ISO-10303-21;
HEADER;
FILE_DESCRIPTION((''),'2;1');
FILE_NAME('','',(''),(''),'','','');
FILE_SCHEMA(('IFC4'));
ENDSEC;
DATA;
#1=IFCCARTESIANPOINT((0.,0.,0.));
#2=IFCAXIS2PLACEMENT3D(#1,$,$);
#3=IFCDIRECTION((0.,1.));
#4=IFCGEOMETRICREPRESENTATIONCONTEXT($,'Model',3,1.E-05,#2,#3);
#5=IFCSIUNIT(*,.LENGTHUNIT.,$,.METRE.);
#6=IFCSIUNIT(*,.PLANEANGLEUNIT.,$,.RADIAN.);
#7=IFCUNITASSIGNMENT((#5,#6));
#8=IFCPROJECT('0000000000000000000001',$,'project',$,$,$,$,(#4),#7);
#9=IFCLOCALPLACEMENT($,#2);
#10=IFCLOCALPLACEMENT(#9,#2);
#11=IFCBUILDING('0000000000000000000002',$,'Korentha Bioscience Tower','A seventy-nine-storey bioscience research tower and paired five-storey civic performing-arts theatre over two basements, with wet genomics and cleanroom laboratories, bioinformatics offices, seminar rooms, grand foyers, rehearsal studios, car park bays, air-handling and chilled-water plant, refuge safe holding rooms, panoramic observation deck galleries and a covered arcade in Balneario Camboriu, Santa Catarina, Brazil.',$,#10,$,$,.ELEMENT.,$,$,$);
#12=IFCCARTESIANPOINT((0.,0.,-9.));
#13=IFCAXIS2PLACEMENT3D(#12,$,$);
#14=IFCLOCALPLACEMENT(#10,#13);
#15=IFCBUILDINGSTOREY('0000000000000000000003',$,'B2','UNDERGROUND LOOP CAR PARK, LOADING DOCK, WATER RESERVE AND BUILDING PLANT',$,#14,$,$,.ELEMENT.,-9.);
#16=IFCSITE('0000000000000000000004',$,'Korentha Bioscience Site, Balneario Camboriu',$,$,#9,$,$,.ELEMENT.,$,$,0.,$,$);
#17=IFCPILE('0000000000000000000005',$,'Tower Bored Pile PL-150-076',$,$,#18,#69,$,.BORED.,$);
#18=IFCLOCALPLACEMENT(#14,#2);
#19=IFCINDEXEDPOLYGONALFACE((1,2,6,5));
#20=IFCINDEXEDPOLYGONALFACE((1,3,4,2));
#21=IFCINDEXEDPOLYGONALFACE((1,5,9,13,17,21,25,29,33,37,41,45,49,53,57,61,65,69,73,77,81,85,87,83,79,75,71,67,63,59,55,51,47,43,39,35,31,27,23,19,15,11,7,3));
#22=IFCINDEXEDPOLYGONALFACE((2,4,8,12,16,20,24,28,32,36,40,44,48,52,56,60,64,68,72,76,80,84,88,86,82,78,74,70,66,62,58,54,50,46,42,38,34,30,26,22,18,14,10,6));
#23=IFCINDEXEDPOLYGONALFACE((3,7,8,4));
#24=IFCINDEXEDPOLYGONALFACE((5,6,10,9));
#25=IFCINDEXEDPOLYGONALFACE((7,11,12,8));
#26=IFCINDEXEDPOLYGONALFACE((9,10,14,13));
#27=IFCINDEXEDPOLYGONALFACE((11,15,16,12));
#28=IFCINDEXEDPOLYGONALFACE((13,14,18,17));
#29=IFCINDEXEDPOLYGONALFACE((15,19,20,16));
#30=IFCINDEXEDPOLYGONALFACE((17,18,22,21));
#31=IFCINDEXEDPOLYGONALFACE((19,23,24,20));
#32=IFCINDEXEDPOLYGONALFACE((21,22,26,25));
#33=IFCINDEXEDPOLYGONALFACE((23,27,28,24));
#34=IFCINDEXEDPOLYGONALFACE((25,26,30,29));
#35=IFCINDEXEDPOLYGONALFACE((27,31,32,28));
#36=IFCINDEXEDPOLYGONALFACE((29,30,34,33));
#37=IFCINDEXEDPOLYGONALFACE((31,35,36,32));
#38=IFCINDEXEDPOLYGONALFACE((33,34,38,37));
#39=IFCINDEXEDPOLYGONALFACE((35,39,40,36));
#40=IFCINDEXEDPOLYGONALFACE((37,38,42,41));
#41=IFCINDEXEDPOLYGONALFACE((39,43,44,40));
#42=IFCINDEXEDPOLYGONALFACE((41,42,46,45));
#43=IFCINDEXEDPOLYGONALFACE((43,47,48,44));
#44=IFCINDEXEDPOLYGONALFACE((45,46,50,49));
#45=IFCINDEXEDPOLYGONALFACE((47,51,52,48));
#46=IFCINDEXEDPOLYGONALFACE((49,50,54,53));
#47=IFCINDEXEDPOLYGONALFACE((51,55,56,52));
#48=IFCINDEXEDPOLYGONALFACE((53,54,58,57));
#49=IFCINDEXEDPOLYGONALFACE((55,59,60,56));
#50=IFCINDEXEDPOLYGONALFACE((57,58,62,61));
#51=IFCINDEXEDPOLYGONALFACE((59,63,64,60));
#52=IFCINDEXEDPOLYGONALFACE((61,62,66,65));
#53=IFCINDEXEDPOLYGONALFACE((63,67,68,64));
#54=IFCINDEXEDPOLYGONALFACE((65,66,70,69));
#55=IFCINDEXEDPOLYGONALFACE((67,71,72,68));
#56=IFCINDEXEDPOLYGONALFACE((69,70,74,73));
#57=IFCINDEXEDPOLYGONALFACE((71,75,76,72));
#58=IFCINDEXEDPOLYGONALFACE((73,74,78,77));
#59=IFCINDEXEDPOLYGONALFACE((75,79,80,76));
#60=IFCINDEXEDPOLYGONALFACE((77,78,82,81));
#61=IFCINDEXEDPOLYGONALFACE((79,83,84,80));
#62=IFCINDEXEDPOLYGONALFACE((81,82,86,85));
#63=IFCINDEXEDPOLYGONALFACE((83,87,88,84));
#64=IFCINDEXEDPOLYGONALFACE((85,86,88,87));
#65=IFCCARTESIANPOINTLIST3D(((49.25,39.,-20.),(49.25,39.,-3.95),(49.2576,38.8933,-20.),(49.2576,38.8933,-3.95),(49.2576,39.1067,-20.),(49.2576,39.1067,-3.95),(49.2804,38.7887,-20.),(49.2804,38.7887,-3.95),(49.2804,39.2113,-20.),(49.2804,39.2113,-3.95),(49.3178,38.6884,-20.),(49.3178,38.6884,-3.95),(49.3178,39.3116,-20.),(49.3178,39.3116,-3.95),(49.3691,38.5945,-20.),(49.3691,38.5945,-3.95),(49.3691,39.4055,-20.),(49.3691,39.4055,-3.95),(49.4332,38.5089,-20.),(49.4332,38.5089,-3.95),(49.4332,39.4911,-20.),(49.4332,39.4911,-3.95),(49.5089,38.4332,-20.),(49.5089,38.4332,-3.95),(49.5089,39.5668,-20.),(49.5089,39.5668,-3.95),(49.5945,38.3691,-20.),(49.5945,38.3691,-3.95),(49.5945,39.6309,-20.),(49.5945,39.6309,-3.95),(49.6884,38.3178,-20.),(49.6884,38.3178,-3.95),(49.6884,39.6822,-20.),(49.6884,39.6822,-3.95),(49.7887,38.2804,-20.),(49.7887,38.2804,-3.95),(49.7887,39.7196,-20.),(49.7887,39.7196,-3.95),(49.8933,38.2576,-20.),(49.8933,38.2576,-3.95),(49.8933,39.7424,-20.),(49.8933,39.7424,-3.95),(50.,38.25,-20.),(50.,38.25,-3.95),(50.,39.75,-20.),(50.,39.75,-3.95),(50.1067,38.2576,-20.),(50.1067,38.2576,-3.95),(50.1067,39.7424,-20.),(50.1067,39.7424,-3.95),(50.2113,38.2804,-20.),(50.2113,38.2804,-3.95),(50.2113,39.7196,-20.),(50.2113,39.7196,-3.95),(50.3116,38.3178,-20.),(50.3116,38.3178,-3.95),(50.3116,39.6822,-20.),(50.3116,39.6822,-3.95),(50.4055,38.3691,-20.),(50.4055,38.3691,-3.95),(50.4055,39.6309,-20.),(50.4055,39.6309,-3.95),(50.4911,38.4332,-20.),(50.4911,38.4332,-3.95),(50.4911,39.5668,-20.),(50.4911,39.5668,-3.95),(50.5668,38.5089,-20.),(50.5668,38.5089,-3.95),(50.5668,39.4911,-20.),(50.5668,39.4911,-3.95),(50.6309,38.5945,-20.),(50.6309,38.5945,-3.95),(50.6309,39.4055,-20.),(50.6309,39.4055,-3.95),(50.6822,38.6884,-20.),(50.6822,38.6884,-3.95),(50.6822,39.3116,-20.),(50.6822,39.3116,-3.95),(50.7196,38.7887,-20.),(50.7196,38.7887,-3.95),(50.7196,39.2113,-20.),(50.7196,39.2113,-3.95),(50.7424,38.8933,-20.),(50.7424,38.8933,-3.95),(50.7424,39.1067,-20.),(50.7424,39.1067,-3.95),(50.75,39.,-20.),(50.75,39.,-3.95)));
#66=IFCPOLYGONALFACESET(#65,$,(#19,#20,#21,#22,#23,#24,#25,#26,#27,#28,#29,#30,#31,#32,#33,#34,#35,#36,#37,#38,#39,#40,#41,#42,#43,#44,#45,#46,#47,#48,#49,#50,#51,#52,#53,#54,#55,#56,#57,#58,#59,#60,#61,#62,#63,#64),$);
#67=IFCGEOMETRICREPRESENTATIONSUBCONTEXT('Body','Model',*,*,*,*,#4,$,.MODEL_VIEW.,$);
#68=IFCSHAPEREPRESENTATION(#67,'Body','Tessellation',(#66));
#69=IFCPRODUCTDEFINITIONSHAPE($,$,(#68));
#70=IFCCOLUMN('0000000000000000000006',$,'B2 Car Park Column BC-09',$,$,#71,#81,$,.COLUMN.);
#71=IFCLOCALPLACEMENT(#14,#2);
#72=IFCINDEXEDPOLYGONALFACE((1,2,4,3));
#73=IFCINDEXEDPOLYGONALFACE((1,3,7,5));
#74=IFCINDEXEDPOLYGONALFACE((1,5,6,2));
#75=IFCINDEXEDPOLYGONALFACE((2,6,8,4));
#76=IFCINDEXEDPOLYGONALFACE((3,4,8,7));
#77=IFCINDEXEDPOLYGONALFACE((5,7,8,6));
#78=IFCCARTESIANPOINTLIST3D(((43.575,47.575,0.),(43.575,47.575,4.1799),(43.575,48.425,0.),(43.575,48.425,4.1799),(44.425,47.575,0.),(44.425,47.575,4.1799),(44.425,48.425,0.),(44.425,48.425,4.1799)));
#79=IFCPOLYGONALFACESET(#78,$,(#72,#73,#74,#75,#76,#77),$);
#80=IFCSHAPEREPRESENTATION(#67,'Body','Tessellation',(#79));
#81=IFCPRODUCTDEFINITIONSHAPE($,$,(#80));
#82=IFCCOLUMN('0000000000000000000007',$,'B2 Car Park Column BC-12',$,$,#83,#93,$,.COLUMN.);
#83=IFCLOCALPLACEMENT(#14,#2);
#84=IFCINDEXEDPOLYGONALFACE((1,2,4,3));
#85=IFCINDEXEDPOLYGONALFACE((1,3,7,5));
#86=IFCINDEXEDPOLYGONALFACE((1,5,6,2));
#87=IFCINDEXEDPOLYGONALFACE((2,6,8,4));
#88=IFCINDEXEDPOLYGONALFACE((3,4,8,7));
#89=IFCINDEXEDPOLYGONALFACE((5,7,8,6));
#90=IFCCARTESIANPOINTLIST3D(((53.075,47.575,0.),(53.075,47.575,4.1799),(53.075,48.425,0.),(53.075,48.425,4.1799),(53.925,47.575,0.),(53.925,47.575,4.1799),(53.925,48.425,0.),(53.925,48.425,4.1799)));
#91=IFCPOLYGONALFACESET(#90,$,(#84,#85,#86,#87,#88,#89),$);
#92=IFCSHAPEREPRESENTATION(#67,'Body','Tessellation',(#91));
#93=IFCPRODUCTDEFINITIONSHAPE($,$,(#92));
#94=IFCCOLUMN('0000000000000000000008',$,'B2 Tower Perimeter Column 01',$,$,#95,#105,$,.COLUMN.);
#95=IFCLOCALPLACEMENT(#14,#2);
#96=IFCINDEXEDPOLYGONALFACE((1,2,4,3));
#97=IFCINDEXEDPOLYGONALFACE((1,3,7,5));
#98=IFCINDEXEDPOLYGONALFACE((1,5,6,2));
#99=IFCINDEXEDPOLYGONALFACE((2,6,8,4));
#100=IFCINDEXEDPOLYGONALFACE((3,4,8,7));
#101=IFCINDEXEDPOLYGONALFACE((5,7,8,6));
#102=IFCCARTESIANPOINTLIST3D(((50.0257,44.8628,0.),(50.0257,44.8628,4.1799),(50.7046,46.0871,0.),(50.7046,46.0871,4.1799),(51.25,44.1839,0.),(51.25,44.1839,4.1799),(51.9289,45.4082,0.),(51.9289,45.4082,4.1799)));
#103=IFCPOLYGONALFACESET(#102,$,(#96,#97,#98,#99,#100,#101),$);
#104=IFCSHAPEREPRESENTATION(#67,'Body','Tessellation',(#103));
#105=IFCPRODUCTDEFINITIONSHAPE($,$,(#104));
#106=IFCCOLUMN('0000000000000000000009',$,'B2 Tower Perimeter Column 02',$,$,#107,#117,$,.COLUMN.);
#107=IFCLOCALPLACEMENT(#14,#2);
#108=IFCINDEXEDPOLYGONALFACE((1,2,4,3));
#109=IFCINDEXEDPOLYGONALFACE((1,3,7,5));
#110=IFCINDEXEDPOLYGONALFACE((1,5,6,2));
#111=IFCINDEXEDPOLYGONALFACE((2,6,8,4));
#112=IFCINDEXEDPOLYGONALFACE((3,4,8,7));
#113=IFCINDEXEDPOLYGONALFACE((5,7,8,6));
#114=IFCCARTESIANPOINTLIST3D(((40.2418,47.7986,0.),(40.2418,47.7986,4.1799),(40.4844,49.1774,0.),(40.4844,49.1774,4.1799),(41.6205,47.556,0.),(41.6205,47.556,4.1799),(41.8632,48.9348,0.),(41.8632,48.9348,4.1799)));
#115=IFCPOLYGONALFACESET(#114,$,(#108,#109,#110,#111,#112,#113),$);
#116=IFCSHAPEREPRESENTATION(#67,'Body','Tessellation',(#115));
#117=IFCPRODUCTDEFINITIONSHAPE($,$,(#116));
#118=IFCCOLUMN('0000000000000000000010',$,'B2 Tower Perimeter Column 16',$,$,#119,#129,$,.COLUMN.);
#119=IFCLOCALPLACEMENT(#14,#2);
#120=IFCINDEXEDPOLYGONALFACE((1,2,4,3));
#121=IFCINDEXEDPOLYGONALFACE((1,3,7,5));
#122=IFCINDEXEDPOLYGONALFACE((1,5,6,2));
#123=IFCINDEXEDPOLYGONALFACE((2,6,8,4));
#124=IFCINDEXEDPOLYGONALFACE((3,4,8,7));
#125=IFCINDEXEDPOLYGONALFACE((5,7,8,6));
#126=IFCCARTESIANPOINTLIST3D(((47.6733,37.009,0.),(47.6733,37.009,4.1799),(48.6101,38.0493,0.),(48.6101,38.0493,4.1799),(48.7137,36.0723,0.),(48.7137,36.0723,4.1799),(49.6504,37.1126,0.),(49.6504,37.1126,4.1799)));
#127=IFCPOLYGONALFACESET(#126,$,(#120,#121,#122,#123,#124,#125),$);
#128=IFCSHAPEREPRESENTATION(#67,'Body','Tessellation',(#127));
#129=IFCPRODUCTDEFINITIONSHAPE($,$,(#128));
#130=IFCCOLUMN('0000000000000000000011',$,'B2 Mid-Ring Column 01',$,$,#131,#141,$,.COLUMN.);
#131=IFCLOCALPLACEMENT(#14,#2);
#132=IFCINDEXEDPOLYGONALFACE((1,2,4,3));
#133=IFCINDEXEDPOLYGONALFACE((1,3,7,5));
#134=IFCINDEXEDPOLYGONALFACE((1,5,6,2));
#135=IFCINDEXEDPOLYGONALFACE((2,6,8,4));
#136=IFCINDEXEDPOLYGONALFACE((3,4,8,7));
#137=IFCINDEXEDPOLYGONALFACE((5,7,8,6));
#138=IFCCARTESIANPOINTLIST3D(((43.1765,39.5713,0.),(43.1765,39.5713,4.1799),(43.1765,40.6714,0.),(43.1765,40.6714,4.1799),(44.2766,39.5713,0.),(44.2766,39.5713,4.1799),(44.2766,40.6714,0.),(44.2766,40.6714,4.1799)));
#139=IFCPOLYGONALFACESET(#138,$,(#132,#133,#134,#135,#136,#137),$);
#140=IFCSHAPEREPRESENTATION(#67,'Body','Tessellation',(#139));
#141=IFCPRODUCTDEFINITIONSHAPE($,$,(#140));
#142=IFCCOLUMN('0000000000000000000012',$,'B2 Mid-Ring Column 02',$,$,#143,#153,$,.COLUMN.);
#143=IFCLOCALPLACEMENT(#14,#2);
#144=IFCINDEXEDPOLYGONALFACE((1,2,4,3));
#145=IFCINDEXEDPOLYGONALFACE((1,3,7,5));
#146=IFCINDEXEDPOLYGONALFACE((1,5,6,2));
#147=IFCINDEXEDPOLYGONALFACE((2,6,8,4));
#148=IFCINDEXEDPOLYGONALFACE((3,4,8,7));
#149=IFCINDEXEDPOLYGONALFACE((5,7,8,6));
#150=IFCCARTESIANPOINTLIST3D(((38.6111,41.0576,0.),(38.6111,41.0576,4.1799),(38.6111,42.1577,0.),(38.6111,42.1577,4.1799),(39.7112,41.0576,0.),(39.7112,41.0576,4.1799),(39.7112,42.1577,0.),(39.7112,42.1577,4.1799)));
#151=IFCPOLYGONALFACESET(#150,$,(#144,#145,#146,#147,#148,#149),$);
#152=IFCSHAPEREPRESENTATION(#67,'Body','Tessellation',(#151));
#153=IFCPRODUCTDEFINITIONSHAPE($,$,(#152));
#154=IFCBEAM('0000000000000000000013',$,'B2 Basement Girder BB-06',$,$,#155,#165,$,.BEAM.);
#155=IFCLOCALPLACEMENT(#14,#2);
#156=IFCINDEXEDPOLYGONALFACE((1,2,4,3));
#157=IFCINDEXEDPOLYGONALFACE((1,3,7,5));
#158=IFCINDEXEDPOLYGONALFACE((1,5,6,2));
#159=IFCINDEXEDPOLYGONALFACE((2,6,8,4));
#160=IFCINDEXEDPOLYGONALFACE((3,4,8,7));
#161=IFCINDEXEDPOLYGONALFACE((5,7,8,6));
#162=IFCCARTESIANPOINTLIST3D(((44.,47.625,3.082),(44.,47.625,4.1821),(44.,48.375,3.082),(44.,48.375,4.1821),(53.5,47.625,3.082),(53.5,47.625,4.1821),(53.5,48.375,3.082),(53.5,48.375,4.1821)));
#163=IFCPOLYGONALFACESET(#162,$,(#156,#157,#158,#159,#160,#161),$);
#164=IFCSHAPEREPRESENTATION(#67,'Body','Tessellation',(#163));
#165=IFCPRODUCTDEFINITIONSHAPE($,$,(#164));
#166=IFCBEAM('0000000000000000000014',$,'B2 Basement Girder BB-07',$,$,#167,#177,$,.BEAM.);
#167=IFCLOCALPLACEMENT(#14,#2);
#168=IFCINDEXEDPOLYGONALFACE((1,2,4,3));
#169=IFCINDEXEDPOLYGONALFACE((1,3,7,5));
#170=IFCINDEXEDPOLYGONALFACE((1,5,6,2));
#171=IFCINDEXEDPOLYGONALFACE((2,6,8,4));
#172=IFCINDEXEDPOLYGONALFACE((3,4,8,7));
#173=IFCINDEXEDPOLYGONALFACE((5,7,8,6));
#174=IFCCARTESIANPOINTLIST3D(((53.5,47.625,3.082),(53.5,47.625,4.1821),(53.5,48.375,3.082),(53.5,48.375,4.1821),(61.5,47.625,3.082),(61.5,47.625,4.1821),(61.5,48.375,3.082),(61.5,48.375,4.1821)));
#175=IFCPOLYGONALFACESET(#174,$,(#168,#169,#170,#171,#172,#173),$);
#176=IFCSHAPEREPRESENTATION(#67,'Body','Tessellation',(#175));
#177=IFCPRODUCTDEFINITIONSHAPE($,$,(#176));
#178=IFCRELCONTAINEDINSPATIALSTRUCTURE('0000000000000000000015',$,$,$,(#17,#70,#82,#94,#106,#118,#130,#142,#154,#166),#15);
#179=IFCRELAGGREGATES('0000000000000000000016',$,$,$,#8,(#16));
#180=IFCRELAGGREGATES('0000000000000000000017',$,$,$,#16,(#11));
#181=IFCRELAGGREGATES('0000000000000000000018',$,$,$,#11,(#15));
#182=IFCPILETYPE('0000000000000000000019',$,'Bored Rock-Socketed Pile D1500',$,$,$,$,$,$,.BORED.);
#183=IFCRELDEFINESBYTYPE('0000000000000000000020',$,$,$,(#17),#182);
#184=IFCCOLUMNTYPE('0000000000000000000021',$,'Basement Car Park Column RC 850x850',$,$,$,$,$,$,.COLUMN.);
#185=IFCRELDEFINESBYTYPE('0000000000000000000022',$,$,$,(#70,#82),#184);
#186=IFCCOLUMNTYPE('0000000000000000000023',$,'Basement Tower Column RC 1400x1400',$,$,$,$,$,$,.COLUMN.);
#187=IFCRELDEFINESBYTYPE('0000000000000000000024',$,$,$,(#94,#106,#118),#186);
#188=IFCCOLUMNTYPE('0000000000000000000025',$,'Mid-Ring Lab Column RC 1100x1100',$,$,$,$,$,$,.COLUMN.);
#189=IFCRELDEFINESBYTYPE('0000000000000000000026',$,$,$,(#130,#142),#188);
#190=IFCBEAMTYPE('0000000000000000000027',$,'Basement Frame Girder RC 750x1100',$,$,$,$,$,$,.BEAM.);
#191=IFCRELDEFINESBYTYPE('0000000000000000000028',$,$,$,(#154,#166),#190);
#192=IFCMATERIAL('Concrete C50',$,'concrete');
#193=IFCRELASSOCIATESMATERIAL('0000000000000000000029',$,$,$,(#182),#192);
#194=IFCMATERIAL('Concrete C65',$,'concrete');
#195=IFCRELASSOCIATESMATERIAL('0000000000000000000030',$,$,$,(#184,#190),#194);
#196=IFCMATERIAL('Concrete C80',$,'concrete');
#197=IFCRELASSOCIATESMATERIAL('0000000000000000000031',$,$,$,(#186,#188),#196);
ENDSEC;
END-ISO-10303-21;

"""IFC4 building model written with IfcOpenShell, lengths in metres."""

from ifc_helpers import new_model, si_unit, direction, frame, origin, origin_2d, place, context, subcontext, project, spatial, rectangle, circle, extrude, material, material_profile, profile_set, type_object, element, save


model = new_model("IFC4")

# Units and contexts
model_context = context("Model", 3, precision=1e-05, world=origin(), true_north=direction((0.0, 1.0)))
body_context = subcontext(model_context, "Body", "Model", "MODEL_VIEW")
ifc_project = project(units=[si_unit("LENGTHUNIT", "METRE"), si_unit("PLANEANGLEUNIT", "RADIAN")], contexts=[model_context])

# Site, building, storey
site_placement = place(None, origin())
site = spatial("IfcSite", under=ifc_project, at=site_placement, Name="Korentha Bioscience Site, Balneario Camboriu", CompositionType="ELEMENT", RefElevation=0.0)
building_placement = place(site_placement, origin())
building = spatial("IfcBuilding", under=site, at=building_placement, Name="Korentha Bioscience Tower", Description="A seventy-nine-storey bioscience research tower and paired five-storey civic performing-arts theatre over two basements, with wet genomics and cleanroom laboratories, bioinformatics offices, seminar rooms, grand foyers, rehearsal studios, car park bays, air-handling and chilled-water plant, refuge safe holding rooms, panoramic observation deck galleries and a covered arcade in Balneario Camboriu, Santa Catarina, Brazil.", CompositionType="ELEMENT")
storey_placement = place(building_placement, frame((0.0, 0.0, -9.0)))
storey = spatial("IfcBuildingStorey", under=building, at=storey_placement, Name="B2", Description="UNDERGROUND LOOP CAR PARK, LOADING DOCK, WATER RESERVE AND BUILDING PLANT", CompositionType="ELEMENT", Elevation=-9.0)

# Shared definitions
ifc_material_1 = material(Name="Concrete C50", Category="concrete")

# Pile
ifc_material_profile_1 = material_profile(ifc_material_1, circle(Radius=0.75, at=origin_2d()), Name="Concrete C50")
ifc_profile_set_1 = profile_set([ifc_material_profile_1], Name="Concrete C50 (PL-150)")
pile_type = type_object("IfcPileType", Name="Bored Rock-Socketed Pile D1500", PredefinedType="BORED", material=ifc_profile_set_1)
for number, where, z_axis, x_axis, name in (
    (1, (50.0, 39.0, -3.95), (0.0, 0.0, -1.0), (1.0, 0.0, 0.0), "Tower Bored Pile PL-150-076"),
):
    element("IfcPile", number, at=place(storey_placement, frame(where, z_axis=z_axis, x_axis=x_axis)), inside=storey, type_object=pile_type, Name=name, PredefinedType="BORED", context=body_context, shape_type="SweptSolid", body=[
        extrude(circle(Radius=0.75, at=origin_2d()), origin(), (0.0, 0.0, 1.0), 16.05),
    ])

# Columns
ifc_material_2 = material(Name="Concrete C65", Category="concrete")
ifc_material_profile_2 = material_profile(ifc_material_2, rectangle(XDim=0.8501, YDim=0.8501, at=origin_2d()), Name="Concrete C65")
ifc_profile_set_2 = profile_set([ifc_material_profile_2], Name="Concrete C65 (BC-01)")
column_type_1 = type_object("IfcColumnType", Name="Basement Car Park Column RC 850x850", PredefinedType="COLUMN", material=ifc_profile_set_2)
for number, where, z_axis, x_axis, name in (
    (2, (44.0, 48.0, 0.0), (0.0, 0.0, 1.0), (1.0, 0.0, 0.0), "B2 Car Park Column BC-09"),
    (3, (53.5, 48.0, 0.0), (0.0, 0.0, 1.0), (1.0, 0.0, 0.0), "B2 Car Park Column BC-12"),
):
    element("IfcColumn", number, at=place(storey_placement, frame(where, z_axis=z_axis, x_axis=x_axis)), inside=storey, type_object=column_type_1, Name=name, PredefinedType="COLUMN", context=body_context, shape_type="SweptSolid", body=[
        extrude(rectangle(XDim=0.8501, YDim=0.8501, at=origin_2d()), origin(), (0.0, 0.0, 1.0), 4.1799),
    ])
ifc_material_3 = material(Name="Concrete C80", Category="concrete")
ifc_material_profile_3 = material_profile(ifc_material_3, rectangle(XDim=1.3999, YDim=1.3999, at=origin_2d()), Name="Concrete C80")
ifc_profile_set_3 = profile_set([ifc_material_profile_3], Name="Concrete C80 (COL-B14)")
column_type_2 = type_object("IfcColumnType", Name="Basement Tower Column RC 1400x1400", PredefinedType="COLUMN", material=ifc_profile_set_3)
for number, where, z_axis, x_axis, name in (
    (4, (50.9773, 45.1355, 0.0), (0.0, 0.0, 1.0), (-0.874535, 0.484962, 0.0), "B2 Tower Perimeter Column 01"),
    (5, (41.0525, 48.3667, 0.0), (0.0, 0.0, 1.0), (-0.984868, 0.173304, 0.0), "B2 Tower Perimeter Column 02"),
    (6, (48.6619, 37.0608, 0.0), (0.0, 0.0, 1.0), (0.669131, 0.743145, 0.0), "B2 Tower Perimeter Column 16"),
):
    element("IfcColumn", number, at=place(storey_placement, frame(where, z_axis=z_axis, x_axis=x_axis)), inside=storey, type_object=column_type_2, Name=name, PredefinedType="COLUMN", context=body_context, shape_type="SweptSolid", body=[
        extrude(rectangle(XDim=1.3999, YDim=1.3999, at=origin_2d()), origin(), (0.0, 0.0, 1.0), 4.1799),
    ])
ifc_material_profile_4 = material_profile(ifc_material_3, rectangle(XDim=1.1001, YDim=1.1001, at=origin_2d()), Name="Concrete C80")
ifc_profile_set_4 = profile_set([ifc_material_profile_4], Name="Concrete C80 (COL-MR11)")
column_type_3 = type_object("IfcColumnType", Name="Mid-Ring Lab Column RC 1100x1100", PredefinedType="COLUMN", material=ifc_profile_set_4)
for number, where, z_axis, x_axis, name in (
    (7, (43.7266, 40.1213, 0.0), (0.0, 0.0, 1.0), (1.0, 0.0, 0.0), "B2 Mid-Ring Column 01"),
    (8, (39.1611, 41.6077, 0.0), (0.0, 0.0, 1.0), (1.0, 0.0, 0.0), "B2 Mid-Ring Column 02"),
):
    element("IfcColumn", number, at=place(storey_placement, frame(where, z_axis=z_axis, x_axis=x_axis)), inside=storey, type_object=column_type_3, Name=name, PredefinedType="COLUMN", context=body_context, shape_type="SweptSolid", body=[
        extrude(rectangle(XDim=1.1001, YDim=1.1001, at=origin_2d()), origin(), (0.0, 0.0, 1.0), 4.1799),
    ])

# Beams
ifc_material_profile_5 = material_profile(ifc_material_2, rectangle(XDim=0.75, YDim=1.1001, at=origin_2d()), Name="Concrete C65")
ifc_profile_set_5 = profile_set([ifc_material_profile_5], Name="Concrete C65 (BB-750)")
beam_type = type_object("IfcBeamType", Name="Basement Frame Girder RC 750x1100", PredefinedType="BEAM", material=ifc_profile_set_5)
beam_1_placement = place(storey_placement, frame((44.0, 48.0, 3.6321), z_axis=(1.0, 0.0, 0.0), x_axis=(0.0, 1.0, 0.0)))
element("IfcBeam", 9, at=beam_1_placement, inside=storey, type_object=beam_type, Name="B2 Basement Girder BB-06", PredefinedType="BEAM", context=body_context, shape_type="SweptSolid", body=[
    extrude(rectangle(XDim=0.75, YDim=1.1001, at=origin_2d()), origin(), (0.0, 0.0, 1.0), 9.5),
])
beam_2_placement = place(storey_placement, frame((53.5, 48.0, 3.6321), z_axis=(1.0, 0.0, 0.0), x_axis=(0.0, 1.0, 0.0)))
element("IfcBeam", 10, at=beam_2_placement, inside=storey, type_object=beam_type, Name="B2 Basement Girder BB-07", PredefinedType="BEAM", context=body_context, shape_type="SweptSolid", body=[
    extrude(rectangle(XDim=0.75, YDim=1.1001, at=origin_2d()), origin(), (0.0, 0.0, 1.0), 8.0),
])

save(model, "model.ifc")
